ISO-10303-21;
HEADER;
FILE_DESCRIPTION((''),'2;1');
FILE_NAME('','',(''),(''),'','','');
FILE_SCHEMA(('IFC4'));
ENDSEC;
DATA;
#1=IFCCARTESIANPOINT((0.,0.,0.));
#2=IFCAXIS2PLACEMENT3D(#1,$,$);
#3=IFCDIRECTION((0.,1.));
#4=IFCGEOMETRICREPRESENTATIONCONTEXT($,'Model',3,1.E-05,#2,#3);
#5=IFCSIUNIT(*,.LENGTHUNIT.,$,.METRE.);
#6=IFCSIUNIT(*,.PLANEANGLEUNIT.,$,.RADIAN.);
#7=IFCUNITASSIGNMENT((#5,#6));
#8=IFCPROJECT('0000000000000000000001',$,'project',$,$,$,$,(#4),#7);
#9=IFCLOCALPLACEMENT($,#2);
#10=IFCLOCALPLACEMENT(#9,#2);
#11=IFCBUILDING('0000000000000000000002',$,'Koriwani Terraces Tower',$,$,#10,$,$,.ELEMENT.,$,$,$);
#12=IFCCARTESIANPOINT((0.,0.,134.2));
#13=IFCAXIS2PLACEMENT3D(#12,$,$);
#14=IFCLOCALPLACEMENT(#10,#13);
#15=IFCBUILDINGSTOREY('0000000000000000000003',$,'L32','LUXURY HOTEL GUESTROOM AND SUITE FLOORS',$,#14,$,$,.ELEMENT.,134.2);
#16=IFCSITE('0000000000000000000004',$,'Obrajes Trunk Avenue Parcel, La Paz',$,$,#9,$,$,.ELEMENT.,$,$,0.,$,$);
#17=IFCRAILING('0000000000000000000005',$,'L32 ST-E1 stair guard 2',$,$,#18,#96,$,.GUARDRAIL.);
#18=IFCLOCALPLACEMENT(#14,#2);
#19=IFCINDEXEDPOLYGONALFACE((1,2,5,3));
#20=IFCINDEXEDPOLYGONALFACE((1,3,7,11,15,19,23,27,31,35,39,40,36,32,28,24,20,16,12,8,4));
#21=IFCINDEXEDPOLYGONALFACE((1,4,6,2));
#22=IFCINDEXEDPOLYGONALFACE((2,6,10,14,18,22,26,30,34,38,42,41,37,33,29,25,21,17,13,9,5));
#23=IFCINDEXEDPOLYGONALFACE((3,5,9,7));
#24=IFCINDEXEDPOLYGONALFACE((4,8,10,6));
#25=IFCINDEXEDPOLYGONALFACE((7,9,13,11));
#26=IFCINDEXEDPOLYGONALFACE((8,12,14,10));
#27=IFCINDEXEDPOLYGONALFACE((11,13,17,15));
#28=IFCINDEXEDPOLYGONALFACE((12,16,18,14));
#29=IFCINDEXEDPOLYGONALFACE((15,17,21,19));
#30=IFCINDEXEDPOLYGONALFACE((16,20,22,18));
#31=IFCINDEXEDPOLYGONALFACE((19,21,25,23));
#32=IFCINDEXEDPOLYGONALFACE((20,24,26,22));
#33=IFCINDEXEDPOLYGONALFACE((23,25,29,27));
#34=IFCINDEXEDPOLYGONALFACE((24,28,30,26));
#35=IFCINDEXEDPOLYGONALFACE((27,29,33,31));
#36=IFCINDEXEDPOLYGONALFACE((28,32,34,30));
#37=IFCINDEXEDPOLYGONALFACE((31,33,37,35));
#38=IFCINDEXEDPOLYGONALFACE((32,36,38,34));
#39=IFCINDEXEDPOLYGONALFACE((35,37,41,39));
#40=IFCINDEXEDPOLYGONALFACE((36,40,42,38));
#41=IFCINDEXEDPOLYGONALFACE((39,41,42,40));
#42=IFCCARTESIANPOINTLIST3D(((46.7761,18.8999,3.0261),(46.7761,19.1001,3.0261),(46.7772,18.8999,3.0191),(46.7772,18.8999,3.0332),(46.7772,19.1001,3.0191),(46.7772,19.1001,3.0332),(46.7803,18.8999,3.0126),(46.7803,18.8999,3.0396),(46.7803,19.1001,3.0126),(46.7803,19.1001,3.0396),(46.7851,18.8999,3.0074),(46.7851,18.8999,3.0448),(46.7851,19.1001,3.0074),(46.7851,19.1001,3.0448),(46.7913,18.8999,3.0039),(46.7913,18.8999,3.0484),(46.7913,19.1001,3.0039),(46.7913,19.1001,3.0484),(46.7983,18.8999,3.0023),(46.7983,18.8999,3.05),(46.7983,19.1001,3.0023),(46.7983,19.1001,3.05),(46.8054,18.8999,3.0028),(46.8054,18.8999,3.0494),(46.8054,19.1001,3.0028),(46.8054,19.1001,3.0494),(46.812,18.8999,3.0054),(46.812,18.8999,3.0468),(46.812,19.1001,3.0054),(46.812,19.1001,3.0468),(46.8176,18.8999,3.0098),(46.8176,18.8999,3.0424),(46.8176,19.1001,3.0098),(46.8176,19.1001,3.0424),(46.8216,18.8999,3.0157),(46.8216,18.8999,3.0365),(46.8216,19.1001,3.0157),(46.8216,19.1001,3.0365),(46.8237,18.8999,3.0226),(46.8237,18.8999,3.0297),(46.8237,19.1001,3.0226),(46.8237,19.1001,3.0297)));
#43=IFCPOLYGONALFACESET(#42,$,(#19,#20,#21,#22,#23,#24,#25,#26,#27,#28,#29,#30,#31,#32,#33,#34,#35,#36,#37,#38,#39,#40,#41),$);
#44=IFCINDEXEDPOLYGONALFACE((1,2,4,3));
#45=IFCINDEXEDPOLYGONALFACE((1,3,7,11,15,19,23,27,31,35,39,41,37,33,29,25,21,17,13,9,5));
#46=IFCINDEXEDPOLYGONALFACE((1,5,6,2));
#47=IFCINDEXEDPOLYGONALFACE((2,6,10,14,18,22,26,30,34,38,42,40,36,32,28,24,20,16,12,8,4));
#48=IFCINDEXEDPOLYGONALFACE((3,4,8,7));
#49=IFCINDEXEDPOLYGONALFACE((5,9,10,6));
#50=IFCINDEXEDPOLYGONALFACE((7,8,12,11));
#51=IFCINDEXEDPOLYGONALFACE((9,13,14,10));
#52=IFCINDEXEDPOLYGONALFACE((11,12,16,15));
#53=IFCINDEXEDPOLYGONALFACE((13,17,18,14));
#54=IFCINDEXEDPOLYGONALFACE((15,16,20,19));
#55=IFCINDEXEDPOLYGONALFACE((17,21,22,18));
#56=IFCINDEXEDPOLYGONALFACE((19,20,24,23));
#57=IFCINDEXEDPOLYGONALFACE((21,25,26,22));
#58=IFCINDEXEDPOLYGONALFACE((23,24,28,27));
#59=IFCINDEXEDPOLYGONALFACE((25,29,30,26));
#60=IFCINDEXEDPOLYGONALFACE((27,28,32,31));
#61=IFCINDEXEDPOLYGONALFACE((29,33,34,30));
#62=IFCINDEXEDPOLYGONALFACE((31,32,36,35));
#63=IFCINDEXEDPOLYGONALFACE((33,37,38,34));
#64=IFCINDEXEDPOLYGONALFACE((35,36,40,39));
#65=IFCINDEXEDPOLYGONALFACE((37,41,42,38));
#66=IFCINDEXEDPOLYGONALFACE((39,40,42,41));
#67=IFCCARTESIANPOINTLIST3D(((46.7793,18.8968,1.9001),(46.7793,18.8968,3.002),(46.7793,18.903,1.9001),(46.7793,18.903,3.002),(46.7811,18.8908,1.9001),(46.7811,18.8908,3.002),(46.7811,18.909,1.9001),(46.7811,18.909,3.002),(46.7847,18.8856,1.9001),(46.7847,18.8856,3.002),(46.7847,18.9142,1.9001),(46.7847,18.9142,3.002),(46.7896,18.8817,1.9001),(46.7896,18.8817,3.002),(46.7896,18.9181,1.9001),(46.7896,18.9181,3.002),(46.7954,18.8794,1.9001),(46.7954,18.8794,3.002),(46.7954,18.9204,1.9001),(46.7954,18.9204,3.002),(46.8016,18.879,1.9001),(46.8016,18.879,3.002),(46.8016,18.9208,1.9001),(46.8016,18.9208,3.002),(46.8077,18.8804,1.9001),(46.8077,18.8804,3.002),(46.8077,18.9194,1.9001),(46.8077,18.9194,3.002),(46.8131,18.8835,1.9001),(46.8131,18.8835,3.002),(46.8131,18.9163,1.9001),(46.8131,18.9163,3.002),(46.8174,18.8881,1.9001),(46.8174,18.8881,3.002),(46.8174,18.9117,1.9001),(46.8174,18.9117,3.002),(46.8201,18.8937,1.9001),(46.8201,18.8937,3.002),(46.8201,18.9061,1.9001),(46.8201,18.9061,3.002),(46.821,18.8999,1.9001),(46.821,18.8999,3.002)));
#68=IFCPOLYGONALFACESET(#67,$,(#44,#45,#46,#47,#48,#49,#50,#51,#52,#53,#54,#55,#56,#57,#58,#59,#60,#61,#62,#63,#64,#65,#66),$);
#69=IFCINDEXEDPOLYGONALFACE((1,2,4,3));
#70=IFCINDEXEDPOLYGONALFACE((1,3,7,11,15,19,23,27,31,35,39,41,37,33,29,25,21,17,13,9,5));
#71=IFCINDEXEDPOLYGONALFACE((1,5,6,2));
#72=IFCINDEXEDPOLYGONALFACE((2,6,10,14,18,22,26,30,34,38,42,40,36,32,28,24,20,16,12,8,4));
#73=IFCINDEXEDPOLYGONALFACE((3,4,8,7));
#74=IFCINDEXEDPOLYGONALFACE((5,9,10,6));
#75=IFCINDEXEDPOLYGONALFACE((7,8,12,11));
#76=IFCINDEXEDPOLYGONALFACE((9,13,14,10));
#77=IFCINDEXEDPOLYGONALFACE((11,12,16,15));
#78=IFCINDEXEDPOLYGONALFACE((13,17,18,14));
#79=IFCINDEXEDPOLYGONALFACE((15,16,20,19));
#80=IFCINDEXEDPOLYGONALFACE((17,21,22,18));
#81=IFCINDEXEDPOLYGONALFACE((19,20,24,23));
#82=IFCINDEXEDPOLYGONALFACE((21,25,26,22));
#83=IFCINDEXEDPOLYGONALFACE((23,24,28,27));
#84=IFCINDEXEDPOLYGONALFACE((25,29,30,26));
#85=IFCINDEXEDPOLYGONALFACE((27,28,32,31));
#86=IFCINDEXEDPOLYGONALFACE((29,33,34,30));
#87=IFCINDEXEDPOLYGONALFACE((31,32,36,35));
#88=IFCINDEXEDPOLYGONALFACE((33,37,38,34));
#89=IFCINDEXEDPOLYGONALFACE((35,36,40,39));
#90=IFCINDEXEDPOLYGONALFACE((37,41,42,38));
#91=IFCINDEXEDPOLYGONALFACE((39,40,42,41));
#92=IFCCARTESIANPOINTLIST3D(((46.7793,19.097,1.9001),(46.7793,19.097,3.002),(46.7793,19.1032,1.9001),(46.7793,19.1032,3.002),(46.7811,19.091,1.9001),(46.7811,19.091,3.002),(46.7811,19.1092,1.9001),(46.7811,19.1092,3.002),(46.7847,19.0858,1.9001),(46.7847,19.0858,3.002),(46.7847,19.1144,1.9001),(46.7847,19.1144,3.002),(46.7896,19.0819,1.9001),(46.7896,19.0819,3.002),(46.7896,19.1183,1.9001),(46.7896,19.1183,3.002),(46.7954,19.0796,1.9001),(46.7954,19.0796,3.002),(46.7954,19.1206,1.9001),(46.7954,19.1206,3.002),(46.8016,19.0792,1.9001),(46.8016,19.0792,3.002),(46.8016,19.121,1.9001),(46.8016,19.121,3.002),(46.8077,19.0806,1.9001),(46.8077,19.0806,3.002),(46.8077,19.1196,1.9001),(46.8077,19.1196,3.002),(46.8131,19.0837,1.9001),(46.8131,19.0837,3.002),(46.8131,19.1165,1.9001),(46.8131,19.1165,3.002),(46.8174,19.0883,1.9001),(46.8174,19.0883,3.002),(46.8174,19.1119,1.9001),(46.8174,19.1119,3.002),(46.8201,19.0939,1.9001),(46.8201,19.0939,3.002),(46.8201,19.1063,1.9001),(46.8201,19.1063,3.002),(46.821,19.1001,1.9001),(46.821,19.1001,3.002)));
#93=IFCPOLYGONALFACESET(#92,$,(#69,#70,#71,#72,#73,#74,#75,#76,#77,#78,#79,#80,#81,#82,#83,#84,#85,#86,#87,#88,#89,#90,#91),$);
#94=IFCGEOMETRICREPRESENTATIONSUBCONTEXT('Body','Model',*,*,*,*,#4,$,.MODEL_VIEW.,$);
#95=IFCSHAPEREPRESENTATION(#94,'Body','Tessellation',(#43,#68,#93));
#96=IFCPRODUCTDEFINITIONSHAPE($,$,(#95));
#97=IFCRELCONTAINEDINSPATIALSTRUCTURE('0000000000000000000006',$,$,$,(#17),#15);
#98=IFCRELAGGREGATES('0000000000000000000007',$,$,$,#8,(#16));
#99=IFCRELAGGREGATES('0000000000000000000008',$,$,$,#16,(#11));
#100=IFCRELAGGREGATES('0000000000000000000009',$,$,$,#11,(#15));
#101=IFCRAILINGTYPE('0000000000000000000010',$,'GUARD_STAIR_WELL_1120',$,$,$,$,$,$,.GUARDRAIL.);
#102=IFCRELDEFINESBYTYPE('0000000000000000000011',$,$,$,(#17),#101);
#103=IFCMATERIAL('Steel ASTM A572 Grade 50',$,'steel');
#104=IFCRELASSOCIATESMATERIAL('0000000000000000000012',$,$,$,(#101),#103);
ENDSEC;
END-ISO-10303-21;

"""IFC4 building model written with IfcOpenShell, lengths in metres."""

from ifc_helpers import new_model, si_unit, direction, frame, origin, origin_2d, place, context, subcontext, project, spatial, circle, extrude, material, type_object, element, save


model = new_model("IFC4")

# Units and contexts
model_context = context("Model", 3, precision=1e-05, world=origin(), true_north=direction((0.0, 1.0)))
body_context = subcontext(model_context, "Body", "Model", "MODEL_VIEW")
ifc_project = project(units=[si_unit("LENGTHUNIT", "METRE"), si_unit("PLANEANGLEUNIT", "RADIAN")], contexts=[model_context])

# Site, building, storey
site_placement = place(None, origin())
site = spatial("IfcSite", under=ifc_project, at=site_placement, Name="Obrajes Trunk Avenue Parcel, La Paz", CompositionType="ELEMENT", RefElevation=0.0)
building_placement = place(site_placement, origin())
building = spatial("IfcBuilding", under=site, at=building_placement, Name="Koriwani Terraces Tower", CompositionType="ELEMENT")
storey_placement = place(building_placement, frame((0.0, 0.0, 134.2)))
storey = spatial("IfcBuildingStorey", under=building, at=storey_placement, Name="L32", Description="LUXURY HOTEL GUESTROOM AND SUITE FLOORS", CompositionType="ELEMENT", Elevation=134.2)

# Shared definitions
ifc_material_1 = material(Name="Steel ASTM A572 Grade 50", Category="steel")

# Railing
railing_type_1 = type_object("IfcRailingType", Name="GUARD_STAIR_WELL_1120", PredefinedType="GUARDRAIL", material=ifc_material_1)
railing_1_placement = place(storey_placement, frame((46.8, 18.8999, 1.9001)))
element("IfcRailing", 1, at=railing_1_placement, inside=storey, type_object=railing_type_1, Name="L32 ST-E1 stair guard 2", PredefinedType="GUARDRAIL", context=body_context, shape_type="SweptSolid", body=[
    extrude(circle(Radius=0.0239, at=origin_2d()), frame((0.0, 0.0, 1.126), z_axis=(0.0, 1.0, 0.0), x_axis=(-1.0, 0.0, 0.0)), (0.0, 0.0, 1.0), 0.2002),
    extrude(circle(Radius=0.021, at=origin_2d()), origin(), (0.0, 0.0, 1.0), 1.1018),
    extrude(circle(Radius=0.021, at=origin_2d()), frame((0.0, 0.2002, 0.0)), (0.0, 0.0, 1.0), 1.1018),
])

save(model, "model.ifc")
